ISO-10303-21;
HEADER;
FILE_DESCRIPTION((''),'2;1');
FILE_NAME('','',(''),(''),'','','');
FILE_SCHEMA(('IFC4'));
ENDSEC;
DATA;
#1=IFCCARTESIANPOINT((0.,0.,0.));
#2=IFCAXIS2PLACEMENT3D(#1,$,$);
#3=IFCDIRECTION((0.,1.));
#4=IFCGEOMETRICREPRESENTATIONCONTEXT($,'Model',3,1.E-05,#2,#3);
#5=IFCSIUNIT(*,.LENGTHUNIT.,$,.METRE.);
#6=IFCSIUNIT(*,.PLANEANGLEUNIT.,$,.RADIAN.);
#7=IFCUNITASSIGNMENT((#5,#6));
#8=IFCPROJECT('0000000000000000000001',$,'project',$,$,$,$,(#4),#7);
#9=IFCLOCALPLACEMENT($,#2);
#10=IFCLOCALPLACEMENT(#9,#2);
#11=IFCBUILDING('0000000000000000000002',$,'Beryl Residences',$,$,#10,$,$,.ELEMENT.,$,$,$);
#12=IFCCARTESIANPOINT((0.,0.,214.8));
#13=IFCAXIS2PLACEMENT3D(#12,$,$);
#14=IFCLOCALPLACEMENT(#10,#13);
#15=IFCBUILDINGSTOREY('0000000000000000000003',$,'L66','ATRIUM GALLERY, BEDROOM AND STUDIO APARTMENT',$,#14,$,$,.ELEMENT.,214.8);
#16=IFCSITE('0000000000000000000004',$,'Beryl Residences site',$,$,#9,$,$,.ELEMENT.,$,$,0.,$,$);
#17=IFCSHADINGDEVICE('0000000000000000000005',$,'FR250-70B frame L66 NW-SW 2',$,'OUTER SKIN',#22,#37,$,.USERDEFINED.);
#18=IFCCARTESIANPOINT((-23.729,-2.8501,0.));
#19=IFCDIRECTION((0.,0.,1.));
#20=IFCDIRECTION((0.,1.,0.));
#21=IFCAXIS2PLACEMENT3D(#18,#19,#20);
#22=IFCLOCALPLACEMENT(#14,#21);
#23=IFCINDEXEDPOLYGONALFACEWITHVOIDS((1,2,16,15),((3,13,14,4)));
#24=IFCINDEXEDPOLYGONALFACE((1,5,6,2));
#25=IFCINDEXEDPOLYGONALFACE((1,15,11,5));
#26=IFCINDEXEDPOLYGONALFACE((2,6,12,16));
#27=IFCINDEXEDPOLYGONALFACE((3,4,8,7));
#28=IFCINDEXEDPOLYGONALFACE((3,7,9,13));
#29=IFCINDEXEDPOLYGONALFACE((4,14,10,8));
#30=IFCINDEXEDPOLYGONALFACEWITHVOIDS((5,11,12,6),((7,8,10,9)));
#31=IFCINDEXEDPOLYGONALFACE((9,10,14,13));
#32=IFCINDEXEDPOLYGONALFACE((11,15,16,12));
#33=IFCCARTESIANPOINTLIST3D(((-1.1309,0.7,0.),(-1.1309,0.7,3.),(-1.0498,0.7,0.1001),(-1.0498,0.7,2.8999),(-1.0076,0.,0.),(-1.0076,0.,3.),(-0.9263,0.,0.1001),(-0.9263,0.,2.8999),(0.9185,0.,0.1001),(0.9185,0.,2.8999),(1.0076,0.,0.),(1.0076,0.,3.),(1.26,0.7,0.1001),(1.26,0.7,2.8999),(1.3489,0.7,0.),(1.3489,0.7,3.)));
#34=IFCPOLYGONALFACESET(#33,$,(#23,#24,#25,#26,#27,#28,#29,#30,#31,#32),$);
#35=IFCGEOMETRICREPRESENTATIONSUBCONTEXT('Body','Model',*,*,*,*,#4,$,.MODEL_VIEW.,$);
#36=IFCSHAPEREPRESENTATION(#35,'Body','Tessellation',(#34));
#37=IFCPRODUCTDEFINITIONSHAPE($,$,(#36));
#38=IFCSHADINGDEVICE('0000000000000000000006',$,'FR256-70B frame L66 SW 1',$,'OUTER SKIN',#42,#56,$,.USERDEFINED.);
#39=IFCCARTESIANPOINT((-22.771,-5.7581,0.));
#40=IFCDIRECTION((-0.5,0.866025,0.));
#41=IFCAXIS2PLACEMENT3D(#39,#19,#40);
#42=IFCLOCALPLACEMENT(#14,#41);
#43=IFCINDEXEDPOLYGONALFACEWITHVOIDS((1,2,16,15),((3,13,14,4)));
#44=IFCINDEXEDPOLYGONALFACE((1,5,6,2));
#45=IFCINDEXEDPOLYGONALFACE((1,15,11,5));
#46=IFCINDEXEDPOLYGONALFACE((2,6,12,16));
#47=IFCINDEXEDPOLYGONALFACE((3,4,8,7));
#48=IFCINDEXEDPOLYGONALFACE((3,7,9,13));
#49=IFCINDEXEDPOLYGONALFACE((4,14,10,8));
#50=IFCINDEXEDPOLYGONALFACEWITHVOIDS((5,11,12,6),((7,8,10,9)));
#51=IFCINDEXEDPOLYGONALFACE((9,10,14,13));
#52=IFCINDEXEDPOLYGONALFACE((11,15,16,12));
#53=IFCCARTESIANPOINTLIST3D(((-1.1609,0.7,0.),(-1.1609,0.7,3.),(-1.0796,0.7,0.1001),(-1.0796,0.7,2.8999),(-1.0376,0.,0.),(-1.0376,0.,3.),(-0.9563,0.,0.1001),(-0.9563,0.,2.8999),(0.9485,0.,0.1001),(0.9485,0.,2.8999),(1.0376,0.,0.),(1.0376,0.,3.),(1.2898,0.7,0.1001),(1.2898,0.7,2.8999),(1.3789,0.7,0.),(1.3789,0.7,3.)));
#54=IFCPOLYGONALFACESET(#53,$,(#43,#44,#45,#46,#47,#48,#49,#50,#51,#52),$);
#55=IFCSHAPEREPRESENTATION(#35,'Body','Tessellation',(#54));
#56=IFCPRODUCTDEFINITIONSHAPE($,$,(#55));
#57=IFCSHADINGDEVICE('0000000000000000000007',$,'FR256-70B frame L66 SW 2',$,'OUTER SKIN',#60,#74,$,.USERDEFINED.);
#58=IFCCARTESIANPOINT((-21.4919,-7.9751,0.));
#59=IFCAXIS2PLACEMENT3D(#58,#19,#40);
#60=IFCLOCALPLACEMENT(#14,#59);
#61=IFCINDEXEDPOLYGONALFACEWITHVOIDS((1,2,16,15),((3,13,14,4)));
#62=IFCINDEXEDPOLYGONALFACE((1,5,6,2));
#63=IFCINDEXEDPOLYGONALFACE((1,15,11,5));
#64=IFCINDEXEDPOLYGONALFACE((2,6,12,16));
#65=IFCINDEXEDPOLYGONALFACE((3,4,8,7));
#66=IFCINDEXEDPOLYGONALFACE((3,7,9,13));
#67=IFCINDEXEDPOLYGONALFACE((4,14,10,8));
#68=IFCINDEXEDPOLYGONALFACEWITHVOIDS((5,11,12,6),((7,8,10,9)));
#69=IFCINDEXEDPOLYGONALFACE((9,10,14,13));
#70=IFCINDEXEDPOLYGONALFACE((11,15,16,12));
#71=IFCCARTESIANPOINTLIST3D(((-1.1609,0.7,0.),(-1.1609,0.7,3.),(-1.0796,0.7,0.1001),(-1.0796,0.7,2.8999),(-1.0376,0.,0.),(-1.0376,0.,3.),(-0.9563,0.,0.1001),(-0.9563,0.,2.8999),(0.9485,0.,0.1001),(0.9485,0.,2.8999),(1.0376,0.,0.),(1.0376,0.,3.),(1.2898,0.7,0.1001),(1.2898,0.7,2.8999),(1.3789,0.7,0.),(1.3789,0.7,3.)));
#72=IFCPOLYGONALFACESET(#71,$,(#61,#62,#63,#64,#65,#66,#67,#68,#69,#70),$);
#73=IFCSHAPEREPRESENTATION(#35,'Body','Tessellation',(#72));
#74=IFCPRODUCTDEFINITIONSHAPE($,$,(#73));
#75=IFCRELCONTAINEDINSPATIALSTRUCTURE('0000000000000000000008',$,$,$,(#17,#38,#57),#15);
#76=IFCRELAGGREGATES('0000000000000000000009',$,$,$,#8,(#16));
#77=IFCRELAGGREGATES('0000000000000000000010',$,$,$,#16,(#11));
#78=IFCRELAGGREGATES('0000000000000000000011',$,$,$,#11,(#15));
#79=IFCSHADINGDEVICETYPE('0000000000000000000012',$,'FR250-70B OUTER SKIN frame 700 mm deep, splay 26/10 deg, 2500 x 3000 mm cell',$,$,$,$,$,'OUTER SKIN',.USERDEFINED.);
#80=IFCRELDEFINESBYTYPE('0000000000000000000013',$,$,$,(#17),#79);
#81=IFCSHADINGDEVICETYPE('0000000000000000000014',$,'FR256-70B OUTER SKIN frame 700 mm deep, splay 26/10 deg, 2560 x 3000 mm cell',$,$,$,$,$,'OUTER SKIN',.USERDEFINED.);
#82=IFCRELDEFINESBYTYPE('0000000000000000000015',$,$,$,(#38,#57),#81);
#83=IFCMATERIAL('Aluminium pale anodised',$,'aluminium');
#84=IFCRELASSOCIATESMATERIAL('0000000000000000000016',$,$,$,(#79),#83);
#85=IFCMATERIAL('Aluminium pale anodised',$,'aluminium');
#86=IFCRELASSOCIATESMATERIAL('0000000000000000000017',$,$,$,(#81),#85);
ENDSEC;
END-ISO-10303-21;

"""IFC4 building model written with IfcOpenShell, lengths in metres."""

from ifc_helpers import new_model, entity, si_unit, direction, frame, origin, place, context, subcontext, project, spatial, source, transform, mapped, material, type_object, type_shapes, element, save


model = new_model("IFC4")

# Units and contexts
model_context = context("Model", 3, precision=1e-05, world=origin(), true_north=direction((0.0, 1.0)))
body_context = subcontext(model_context, "Body", "Model", "MODEL_VIEW")
ifc_project = project(units=[si_unit("LENGTHUNIT", "METRE"), si_unit("PLANEANGLEUNIT", "RADIAN")], contexts=[model_context])

# Site, building, storey
site_placement = place(None, origin())
site = spatial("IfcSite", under=ifc_project, at=site_placement, Name="Beryl Residences site", CompositionType="ELEMENT", RefElevation=0.0)
building_placement = place(site_placement, origin())
building = spatial("IfcBuilding", under=site, at=building_placement, Name="Beryl Residences", CompositionType="ELEMENT")
storey_placement = place(building_placement, frame((0.0, 0.0, 214.8)))
storey = spatial("IfcBuildingStorey", under=building, at=storey_placement, Name="L66", Description="ATRIUM GALLERY, BEDROOM AND STUDIO APARTMENT", CompositionType="ELEMENT", Elevation=214.8)

# Shading devices
ifc_material_1 = material(Name="Aluminium pale anodised", Category="aluminium")
shading_device_type_1 = type_object("IfcShadingDeviceType", Name="FR250-70B OUTER SKIN frame 700 mm deep, splay 26/10 deg, 2500 x 3000 mm cell", ElementType="OUTER SKIN", PredefinedType="USERDEFINED", material=ifc_material_1)
cartesian_point_1 = entity("IfcCartesianPoint", [-1.0076, 0.0])
cartesian_point_2 = entity("IfcCartesianPoint", [-0.9185, 0.1001])
cartesian_point_3 = entity("IfcCartesianPoint", [-1.3489, 0.0])
cartesian_point_4 = entity("IfcCartesianPoint", [-1.26, 0.1001])
shared_shape_1 = source(origin(), body_context, "Body", "SweptSolid", [
    entity("IfcExtrudedAreaSolidTapered", entity("IfcArbitraryProfileDefWithVoids", "AREA", None, entity("IfcPolyline", [cartesian_point_1, entity("IfcCartesianPoint", [1.0076, 0.0]), entity("IfcCartesianPoint", [1.0076, 3.0]), entity("IfcCartesianPoint", [-1.0076, 3.0]), cartesian_point_1]), [entity("IfcPolyline", [cartesian_point_2, entity("IfcCartesianPoint", [0.9263, 0.1001]), entity("IfcCartesianPoint", [0.9263, 2.8999]), entity("IfcCartesianPoint", [-0.9185, 2.8999]), cartesian_point_2])]), entity("IfcAxis2Placement3D", entity("IfcCartesianPoint", [0.0, 0.0, 0.0]), entity("IfcDirection", [0.0, 1.0, 0.0]), entity("IfcDirection", [-1.0, 0.0, 0.0])), entity("IfcDirection", [0.0, 0.0, 1.0]), 0.7, entity("IfcArbitraryProfileDefWithVoids", "AREA", None, entity("IfcPolyline", [cartesian_point_3, entity("IfcCartesianPoint", [1.1309, 0.0]), entity("IfcCartesianPoint", [1.1309, 3.0]), entity("IfcCartesianPoint", [-1.3489, 3.0]), cartesian_point_3]), [entity("IfcPolyline", [cartesian_point_4, entity("IfcCartesianPoint", [1.0498, 0.1001]), entity("IfcCartesianPoint", [1.0498, 2.8999]), entity("IfcCartesianPoint", [-1.26, 2.8999]), cartesian_point_4])])),
])
type_shapes(shading_device_type_1, [shared_shape_1])
shading_device_placement = place(storey_placement, frame((-23.729, -2.8501, 0.0), z_axis=(0.0, 0.0, 1.0), x_axis=(0.0, 1.0, 0.0)))
element("IfcShadingDevice", 1, at=shading_device_placement, inside=storey, type_object=shading_device_type_1, Name="FR250-70B frame L66 NW-SW 2", ObjectType="OUTER SKIN", PredefinedType="USERDEFINED", context=body_context, shape_type="MappedRepresentation", body=[
    mapped(shared_shape_1, transform((0.0, 0.0, 0.0))),
])
ifc_material_2 = material(Name="Aluminium pale anodised", Category="aluminium")
shading_device_type_2 = type_object("IfcShadingDeviceType", Name="FR256-70B OUTER SKIN frame 700 mm deep, splay 26/10 deg, 2560 x 3000 mm cell", ElementType="OUTER SKIN", PredefinedType="USERDEFINED", material=ifc_material_2)
cartesian_point_5 = entity("IfcCartesianPoint", [-1.0376, 0.0])
cartesian_point_6 = entity("IfcCartesianPoint", [-0.9485, 0.1001])
cartesian_point_7 = entity("IfcCartesianPoint", [-1.3789, 0.0])
cartesian_point_8 = entity("IfcCartesianPoint", [-1.2898, 0.1001])
shared_shape_2 = source(origin(), body_context, "Body", "SweptSolid", [
    entity("IfcExtrudedAreaSolidTapered", entity("IfcArbitraryProfileDefWithVoids", "AREA", None, entity("IfcPolyline", [cartesian_point_5, entity("IfcCartesianPoint", [1.0376, 0.0]), entity("IfcCartesianPoint", [1.0376, 3.0]), entity("IfcCartesianPoint", [-1.0376, 3.0]), cartesian_point_5]), [entity("IfcPolyline", [cartesian_point_6, entity("IfcCartesianPoint", [0.9563, 0.1001]), entity("IfcCartesianPoint", [0.9563, 2.8999]), entity("IfcCartesianPoint", [-0.9485, 2.8999]), cartesian_point_6])]), entity("IfcAxis2Placement3D", entity("IfcCartesianPoint", [0.0, 0.0, 0.0]), entity("IfcDirection", [0.0, 1.0, 0.0]), entity("IfcDirection", [-1.0, 0.0, 0.0])), entity("IfcDirection", [0.0, 0.0, 1.0]), 0.7, entity("IfcArbitraryProfileDefWithVoids", "AREA", None, entity("IfcPolyline", [cartesian_point_7, entity("IfcCartesianPoint", [1.1609, 0.0]), entity("IfcCartesianPoint", [1.1609, 3.0]), entity("IfcCartesianPoint", [-1.3789, 3.0]), cartesian_point_7]), [entity("IfcPolyline", [cartesian_point_8, entity("IfcCartesianPoint", [1.0796, 0.1001]), entity("IfcCartesianPoint", [1.0796, 2.8999]), entity("IfcCartesianPoint", [-1.2898, 2.8999]), cartesian_point_8])])),
])
type_shapes(shading_device_type_2, [shared_shape_2])
for number, where, z_axis, x_axis, name in (
    (2, (-22.771, -5.7581, 0.0), (0.0, 0.0, 1.0), (-0.5, 0.866025, 0.0), "FR256-70B frame L66 SW 1"),
    (3, (-21.4919, -7.9751, 0.0), (0.0, 0.0, 1.0), (-0.5, 0.866025, 0.0), "FR256-70B frame L66 SW 2"),
):
    element("IfcShadingDevice", number, at=place(storey_placement, frame(where, z_axis=z_axis, x_axis=x_axis)), inside=storey, type_object=shading_device_type_2, Name=name, ObjectType="OUTER SKIN", PredefinedType="USERDEFINED", context=body_context, shape_type="MappedRepresentation", body=[
        mapped(shared_shape_2, transform((0.0, 0.0, 0.0))),
    ])

save(model, "model.ifc")
